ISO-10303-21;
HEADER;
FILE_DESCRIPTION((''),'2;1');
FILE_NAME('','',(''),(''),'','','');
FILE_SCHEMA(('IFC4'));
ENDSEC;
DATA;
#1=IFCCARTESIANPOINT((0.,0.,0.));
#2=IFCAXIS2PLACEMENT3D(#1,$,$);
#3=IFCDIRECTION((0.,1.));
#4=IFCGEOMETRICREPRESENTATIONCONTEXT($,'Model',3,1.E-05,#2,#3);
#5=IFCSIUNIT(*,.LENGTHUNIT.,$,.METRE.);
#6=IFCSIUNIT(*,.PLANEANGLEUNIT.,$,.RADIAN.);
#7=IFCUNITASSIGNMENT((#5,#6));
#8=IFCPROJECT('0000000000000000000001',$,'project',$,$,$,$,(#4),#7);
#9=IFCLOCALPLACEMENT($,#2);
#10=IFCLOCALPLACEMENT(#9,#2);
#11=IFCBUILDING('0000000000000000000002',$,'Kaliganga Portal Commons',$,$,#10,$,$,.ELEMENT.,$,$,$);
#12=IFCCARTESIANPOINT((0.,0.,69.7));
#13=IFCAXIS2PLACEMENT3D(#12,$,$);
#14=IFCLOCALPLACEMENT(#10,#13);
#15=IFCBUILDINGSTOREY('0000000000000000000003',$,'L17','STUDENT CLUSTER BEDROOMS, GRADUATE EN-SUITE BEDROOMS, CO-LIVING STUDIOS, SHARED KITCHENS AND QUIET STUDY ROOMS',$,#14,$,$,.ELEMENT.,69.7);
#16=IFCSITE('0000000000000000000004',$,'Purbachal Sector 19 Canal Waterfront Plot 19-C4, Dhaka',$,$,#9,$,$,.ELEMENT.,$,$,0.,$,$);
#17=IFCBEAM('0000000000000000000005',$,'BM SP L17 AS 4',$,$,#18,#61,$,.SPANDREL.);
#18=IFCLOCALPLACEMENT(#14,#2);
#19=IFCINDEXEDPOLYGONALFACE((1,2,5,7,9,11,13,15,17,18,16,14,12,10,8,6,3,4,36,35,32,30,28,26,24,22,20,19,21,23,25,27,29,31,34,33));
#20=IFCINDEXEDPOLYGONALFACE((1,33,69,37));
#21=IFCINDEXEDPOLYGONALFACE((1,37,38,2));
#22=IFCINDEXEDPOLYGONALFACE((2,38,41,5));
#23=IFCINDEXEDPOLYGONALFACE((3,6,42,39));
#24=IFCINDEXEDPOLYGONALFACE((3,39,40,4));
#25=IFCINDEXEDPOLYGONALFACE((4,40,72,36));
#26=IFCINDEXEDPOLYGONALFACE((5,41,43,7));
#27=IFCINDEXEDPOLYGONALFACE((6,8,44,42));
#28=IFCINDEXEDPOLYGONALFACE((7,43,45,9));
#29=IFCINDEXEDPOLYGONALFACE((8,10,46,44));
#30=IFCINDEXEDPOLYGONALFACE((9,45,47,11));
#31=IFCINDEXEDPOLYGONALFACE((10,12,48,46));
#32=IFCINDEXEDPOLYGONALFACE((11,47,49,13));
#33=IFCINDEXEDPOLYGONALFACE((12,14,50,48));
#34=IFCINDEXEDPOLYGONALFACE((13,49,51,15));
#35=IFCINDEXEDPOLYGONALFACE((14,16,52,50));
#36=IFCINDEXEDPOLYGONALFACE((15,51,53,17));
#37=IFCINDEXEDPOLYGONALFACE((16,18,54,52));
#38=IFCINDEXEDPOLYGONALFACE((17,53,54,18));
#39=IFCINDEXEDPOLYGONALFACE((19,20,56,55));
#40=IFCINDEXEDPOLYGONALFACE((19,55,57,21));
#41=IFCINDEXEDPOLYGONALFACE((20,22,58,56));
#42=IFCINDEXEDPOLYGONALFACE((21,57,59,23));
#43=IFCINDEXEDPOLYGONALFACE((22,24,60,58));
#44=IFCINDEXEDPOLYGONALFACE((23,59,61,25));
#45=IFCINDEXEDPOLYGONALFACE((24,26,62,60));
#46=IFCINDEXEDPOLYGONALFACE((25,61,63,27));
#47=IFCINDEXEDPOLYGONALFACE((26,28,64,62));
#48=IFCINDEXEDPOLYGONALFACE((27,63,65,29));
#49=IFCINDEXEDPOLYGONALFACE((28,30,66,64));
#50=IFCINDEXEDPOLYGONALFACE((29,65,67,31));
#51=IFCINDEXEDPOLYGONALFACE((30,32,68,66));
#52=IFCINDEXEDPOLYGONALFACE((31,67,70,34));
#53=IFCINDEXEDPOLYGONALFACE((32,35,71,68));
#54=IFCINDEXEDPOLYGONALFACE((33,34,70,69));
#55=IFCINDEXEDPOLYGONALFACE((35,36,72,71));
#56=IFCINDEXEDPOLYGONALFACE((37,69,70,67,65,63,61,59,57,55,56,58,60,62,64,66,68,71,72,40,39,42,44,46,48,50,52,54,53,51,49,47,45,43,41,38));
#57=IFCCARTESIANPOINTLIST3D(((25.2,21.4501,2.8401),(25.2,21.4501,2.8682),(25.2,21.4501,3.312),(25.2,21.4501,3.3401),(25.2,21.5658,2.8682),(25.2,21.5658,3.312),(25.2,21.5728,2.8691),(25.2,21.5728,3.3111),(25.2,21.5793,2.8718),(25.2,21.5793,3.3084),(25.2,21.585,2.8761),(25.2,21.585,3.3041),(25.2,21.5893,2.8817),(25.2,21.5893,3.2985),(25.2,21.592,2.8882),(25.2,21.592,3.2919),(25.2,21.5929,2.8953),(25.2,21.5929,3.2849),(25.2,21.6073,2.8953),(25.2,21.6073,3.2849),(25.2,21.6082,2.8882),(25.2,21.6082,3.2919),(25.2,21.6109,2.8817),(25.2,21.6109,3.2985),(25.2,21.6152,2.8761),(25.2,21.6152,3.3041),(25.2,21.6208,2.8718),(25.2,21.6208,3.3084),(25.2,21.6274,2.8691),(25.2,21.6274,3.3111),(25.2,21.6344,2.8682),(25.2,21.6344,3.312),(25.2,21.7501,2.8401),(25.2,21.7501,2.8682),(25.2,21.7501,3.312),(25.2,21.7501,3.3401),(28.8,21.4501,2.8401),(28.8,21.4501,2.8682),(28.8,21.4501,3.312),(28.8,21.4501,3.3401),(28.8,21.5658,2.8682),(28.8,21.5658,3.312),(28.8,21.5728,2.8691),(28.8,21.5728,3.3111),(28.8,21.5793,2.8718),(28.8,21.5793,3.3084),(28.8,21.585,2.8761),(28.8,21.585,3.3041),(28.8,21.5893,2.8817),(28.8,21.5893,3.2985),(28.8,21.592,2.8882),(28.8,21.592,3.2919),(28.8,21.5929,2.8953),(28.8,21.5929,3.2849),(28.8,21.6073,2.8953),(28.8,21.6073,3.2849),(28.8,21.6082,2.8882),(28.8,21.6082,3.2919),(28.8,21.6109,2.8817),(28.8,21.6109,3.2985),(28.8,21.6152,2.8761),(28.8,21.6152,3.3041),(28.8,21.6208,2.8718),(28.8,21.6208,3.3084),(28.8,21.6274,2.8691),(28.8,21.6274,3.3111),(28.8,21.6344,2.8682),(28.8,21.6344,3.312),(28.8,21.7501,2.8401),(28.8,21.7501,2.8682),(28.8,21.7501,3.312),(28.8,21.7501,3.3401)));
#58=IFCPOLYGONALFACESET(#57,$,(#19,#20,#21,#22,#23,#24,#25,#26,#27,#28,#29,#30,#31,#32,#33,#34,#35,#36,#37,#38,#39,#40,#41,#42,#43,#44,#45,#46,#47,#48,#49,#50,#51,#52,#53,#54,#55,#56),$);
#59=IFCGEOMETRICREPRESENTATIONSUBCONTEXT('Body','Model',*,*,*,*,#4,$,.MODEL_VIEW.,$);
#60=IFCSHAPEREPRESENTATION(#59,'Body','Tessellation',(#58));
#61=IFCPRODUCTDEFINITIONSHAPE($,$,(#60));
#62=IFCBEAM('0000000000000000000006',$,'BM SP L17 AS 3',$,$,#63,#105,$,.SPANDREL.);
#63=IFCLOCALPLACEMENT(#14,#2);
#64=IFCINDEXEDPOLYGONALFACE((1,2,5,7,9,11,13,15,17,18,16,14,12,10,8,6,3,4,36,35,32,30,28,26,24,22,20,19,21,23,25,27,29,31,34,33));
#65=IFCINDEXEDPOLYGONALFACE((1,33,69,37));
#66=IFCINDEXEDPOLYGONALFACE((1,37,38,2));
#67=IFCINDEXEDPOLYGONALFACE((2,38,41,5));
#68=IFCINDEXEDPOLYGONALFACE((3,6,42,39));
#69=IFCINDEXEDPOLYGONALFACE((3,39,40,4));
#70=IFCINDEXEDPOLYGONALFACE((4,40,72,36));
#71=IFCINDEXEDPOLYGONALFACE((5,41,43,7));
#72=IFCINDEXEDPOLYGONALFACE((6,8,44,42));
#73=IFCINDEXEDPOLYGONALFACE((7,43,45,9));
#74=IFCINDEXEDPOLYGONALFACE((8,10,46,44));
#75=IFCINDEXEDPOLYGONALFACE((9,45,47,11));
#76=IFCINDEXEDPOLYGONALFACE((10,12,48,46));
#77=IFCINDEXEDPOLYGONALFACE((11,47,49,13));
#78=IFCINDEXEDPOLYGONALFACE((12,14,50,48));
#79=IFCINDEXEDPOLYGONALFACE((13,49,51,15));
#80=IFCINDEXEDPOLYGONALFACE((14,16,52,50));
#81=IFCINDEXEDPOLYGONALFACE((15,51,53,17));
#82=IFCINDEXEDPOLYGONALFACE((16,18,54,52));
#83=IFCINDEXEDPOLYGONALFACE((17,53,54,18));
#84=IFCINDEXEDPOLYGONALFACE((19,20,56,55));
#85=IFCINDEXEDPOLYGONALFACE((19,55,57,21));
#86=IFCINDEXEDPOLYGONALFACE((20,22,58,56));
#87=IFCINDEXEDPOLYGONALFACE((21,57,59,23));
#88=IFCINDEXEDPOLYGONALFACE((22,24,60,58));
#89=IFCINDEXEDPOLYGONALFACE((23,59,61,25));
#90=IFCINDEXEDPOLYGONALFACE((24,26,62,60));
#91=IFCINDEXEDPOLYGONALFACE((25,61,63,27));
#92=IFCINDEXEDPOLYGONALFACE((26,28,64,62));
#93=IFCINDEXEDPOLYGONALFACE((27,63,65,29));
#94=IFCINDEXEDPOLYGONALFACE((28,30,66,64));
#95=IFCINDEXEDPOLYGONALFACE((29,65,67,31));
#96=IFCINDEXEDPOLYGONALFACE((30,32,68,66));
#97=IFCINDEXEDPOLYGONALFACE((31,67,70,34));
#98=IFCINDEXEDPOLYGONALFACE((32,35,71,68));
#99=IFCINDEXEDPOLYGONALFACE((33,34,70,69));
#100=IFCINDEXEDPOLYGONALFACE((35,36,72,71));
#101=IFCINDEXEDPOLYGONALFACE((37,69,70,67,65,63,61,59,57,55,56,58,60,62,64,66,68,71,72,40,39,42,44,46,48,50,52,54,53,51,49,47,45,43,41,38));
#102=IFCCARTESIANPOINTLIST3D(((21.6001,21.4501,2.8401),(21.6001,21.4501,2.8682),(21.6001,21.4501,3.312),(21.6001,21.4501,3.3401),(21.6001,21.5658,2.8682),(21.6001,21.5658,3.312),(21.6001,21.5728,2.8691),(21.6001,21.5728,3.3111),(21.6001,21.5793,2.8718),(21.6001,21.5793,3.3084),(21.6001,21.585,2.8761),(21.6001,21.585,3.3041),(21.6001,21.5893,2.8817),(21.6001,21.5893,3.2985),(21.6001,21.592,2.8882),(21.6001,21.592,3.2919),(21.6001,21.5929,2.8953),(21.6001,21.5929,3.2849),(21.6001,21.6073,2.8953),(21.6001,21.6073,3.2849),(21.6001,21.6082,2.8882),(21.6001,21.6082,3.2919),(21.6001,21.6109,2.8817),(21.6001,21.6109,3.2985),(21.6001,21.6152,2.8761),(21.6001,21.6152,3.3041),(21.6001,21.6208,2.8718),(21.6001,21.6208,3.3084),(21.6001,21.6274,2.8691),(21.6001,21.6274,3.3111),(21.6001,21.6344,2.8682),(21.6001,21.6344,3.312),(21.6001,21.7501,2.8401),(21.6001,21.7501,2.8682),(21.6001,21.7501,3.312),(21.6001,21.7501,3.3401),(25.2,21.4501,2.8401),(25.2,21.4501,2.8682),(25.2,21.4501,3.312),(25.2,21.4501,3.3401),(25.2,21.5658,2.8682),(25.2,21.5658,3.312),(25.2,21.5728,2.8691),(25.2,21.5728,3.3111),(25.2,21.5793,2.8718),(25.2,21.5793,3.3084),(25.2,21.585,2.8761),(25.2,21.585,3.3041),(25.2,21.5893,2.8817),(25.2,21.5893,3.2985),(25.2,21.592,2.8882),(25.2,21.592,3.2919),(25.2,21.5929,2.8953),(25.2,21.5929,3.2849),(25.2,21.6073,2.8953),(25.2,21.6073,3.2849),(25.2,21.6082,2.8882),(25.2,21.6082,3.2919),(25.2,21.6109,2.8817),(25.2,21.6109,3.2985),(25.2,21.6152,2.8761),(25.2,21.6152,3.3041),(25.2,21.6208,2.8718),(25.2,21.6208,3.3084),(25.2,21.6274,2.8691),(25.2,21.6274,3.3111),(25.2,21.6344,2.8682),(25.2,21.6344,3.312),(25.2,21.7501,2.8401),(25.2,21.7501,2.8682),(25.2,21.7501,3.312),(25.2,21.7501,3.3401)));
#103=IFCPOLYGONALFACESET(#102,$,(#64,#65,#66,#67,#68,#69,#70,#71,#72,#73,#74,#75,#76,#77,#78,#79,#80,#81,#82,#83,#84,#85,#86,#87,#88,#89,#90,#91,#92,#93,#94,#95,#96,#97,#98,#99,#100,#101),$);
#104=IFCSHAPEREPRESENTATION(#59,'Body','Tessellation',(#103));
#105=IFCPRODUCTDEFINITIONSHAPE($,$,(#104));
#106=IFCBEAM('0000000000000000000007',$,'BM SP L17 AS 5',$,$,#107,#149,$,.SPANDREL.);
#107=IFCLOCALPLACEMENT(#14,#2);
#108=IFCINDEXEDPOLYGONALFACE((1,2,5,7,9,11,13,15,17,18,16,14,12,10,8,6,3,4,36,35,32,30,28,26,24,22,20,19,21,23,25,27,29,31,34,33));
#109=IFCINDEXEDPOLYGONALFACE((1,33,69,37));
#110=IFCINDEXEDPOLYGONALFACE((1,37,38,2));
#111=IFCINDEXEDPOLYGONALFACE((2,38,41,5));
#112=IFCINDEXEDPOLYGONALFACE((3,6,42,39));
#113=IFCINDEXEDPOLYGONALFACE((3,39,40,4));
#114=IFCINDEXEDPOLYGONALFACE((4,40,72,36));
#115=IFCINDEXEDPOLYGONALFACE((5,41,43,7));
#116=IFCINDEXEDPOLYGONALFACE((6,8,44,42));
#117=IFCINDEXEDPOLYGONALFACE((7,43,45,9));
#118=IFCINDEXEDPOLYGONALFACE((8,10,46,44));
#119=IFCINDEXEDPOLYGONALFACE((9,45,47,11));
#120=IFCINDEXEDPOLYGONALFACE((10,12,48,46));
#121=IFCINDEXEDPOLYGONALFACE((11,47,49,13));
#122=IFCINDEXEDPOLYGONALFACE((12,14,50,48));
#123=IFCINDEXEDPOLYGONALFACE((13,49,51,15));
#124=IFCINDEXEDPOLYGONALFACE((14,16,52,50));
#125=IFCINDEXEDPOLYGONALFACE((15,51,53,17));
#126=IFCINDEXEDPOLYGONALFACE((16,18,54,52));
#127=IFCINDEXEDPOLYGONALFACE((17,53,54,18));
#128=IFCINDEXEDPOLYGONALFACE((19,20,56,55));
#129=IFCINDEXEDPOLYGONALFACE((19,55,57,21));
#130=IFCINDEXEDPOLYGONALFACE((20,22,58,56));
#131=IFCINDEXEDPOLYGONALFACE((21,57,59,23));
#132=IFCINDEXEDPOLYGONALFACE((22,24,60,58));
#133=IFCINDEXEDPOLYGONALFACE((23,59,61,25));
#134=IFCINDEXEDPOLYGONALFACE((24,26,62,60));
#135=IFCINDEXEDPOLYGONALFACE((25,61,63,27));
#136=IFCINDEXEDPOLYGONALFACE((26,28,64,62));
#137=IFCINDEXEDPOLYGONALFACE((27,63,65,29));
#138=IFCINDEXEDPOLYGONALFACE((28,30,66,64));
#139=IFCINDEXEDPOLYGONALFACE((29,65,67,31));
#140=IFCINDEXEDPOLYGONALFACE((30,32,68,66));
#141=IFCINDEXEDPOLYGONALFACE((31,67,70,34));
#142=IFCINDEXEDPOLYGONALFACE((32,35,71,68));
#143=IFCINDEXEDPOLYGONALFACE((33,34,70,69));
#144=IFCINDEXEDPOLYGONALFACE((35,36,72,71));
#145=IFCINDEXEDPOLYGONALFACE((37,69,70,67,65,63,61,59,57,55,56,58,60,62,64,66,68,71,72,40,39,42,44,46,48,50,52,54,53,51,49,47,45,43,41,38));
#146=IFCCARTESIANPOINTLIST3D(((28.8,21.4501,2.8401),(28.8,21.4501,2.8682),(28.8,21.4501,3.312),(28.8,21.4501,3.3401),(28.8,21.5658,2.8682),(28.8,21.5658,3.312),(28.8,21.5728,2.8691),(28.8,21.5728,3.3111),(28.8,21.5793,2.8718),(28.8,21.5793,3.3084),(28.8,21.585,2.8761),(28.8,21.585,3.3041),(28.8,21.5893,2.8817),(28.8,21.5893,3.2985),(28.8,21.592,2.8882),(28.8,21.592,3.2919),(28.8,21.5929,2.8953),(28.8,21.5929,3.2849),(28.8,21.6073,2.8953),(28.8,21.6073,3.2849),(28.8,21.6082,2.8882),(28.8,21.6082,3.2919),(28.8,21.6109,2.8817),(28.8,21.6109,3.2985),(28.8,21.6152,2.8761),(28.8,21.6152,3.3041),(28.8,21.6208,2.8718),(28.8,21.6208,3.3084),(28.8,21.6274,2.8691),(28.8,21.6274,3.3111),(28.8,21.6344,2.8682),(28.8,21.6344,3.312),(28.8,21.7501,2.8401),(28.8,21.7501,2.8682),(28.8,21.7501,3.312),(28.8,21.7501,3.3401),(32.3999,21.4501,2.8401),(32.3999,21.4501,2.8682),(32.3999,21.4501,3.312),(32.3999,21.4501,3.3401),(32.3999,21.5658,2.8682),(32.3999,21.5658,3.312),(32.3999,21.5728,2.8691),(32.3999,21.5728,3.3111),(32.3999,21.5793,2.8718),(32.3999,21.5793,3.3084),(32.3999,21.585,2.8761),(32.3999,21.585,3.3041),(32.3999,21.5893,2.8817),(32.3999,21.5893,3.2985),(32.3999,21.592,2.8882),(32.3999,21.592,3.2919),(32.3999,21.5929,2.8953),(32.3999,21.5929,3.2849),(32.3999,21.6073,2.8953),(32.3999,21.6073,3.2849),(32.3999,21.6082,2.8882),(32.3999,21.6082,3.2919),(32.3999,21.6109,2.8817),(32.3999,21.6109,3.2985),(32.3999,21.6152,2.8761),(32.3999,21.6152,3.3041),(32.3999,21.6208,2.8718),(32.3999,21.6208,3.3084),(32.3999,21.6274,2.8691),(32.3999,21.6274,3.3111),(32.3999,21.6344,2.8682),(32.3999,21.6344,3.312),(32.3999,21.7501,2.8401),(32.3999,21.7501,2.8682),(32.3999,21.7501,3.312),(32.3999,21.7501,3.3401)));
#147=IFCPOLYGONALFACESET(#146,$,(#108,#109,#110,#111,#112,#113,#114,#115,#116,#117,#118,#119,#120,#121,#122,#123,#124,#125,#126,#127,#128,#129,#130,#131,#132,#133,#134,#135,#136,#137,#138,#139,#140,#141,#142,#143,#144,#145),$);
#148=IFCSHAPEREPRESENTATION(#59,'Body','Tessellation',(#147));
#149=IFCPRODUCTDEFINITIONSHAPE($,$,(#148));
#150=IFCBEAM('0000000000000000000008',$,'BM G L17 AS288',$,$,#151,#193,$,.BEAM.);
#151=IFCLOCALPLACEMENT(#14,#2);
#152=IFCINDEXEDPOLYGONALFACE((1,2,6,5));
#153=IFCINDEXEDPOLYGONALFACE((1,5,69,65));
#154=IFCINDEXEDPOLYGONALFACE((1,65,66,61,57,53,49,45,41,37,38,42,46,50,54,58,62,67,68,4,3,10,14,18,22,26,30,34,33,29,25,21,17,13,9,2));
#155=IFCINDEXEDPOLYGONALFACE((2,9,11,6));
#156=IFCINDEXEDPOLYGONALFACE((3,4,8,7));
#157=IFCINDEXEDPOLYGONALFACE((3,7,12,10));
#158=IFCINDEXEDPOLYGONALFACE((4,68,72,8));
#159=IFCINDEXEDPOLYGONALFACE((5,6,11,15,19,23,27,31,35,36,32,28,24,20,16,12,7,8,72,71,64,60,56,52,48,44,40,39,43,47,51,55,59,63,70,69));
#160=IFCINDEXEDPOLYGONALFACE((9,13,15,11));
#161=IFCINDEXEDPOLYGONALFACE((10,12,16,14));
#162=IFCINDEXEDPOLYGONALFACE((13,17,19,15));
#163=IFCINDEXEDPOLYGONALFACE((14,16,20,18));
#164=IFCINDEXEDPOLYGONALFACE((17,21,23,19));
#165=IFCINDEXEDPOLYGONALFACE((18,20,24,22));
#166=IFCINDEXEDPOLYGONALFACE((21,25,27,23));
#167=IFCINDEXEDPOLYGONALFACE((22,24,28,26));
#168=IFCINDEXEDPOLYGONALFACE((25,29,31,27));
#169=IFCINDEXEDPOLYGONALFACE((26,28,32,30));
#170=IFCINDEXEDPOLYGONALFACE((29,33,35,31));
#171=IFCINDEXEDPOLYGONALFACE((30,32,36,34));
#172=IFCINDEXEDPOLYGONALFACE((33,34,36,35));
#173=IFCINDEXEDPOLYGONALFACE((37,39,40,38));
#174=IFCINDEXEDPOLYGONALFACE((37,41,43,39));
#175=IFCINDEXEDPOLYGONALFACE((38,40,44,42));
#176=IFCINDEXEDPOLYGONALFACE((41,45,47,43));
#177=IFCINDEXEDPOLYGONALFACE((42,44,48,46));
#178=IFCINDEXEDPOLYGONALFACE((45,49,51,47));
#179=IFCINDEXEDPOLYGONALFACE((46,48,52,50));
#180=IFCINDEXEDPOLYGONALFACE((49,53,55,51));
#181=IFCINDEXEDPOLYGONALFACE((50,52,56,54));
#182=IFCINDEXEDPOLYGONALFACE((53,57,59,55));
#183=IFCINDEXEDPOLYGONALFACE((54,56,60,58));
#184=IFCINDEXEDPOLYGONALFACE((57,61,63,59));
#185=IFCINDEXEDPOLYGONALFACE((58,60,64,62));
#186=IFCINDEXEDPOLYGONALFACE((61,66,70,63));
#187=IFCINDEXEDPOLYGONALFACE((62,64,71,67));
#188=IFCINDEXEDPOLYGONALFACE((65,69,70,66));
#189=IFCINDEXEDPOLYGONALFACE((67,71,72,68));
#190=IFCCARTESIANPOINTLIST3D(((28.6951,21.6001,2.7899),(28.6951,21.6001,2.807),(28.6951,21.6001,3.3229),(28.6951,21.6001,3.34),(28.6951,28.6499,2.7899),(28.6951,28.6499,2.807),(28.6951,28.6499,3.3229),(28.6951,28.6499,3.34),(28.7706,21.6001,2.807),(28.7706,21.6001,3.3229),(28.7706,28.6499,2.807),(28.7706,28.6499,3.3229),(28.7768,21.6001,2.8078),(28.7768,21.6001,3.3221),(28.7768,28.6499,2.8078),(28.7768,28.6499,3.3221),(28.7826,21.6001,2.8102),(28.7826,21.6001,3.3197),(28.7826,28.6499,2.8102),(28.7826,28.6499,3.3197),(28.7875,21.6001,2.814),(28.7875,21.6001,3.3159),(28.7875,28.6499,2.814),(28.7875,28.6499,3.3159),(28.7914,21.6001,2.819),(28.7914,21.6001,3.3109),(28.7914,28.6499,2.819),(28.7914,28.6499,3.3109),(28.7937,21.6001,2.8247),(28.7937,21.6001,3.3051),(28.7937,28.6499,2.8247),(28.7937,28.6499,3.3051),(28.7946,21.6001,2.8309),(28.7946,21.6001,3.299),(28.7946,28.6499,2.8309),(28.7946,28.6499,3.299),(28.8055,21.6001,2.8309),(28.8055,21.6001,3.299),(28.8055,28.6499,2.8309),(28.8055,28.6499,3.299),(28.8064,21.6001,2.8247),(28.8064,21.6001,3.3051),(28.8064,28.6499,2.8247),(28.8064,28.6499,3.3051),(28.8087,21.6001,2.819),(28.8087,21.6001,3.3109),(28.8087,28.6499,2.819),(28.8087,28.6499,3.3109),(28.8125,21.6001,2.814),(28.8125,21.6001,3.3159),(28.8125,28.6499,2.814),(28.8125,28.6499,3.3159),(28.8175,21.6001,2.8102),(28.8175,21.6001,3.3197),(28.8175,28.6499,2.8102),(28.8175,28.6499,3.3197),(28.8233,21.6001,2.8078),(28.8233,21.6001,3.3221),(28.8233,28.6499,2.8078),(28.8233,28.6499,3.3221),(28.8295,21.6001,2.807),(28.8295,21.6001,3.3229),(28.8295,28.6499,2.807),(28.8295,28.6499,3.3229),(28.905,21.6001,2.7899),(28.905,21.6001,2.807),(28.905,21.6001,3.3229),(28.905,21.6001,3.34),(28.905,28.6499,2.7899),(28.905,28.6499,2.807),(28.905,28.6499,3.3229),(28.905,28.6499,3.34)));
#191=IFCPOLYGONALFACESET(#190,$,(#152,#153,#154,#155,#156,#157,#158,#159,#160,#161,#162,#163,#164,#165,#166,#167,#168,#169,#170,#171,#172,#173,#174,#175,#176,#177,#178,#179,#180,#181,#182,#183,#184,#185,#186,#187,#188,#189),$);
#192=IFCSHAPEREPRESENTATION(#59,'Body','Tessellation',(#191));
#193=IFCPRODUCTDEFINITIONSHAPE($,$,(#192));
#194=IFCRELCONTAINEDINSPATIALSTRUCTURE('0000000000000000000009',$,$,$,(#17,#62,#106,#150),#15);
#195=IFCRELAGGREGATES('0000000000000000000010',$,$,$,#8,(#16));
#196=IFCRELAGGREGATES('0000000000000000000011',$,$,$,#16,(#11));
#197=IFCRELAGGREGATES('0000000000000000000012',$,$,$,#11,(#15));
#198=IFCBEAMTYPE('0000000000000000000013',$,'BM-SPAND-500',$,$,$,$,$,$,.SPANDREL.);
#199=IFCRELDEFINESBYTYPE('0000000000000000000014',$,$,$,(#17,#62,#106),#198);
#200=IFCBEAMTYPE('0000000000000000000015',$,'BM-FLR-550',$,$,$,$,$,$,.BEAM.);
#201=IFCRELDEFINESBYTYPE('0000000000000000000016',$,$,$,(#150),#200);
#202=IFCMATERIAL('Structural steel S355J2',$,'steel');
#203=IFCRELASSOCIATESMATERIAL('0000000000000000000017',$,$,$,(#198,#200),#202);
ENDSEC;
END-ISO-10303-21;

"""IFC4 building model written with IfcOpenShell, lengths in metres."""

from ifc_helpers import new_model, si_unit, direction, frame, origin, origin_2d, place, context, subcontext, project, spatial, i_section, extrude, source, transform, mapped, material, material_profile, profile_set, type_object, element, save


model = new_model("IFC4")

# Units and contexts
model_context = context("Model", 3, precision=1e-05, world=origin(), true_north=direction((0.0, 1.0)))
body_context = subcontext(model_context, "Body", "Model", "MODEL_VIEW")
ifc_project = project(units=[si_unit("LENGTHUNIT", "METRE"), si_unit("PLANEANGLEUNIT", "RADIAN")], contexts=[model_context])

# Site, building, storey
site_placement = place(None, origin())
site = spatial("IfcSite", under=ifc_project, at=site_placement, Name="Purbachal Sector 19 Canal Waterfront Plot 19-C4, Dhaka", CompositionType="ELEMENT", RefElevation=0.0)
building_placement = place(site_placement, origin())
building = spatial("IfcBuilding", under=site, at=building_placement, Name="Kaliganga Portal Commons", CompositionType="ELEMENT")
storey_placement = place(building_placement, frame((0.0, 0.0, 69.7)))
storey = spatial("IfcBuildingStorey", under=building, at=storey_placement, Name="L17", Description="STUDENT CLUSTER BEDROOMS, GRADUATE EN-SUITE BEDROOMS, CO-LIVING STUDIOS, SHARED KITCHENS AND QUIET STUDY ROOMS", CompositionType="ELEMENT", Elevation=69.7)

# Beams
ifc_material_1 = material(Name="Structural steel S355J2", Category="steel")
ifc_material_profile_1 = material_profile(ifc_material_1, i_section(OverallWidth=0.3, OverallDepth=0.5, WebThickness=0.0144, FlangeThickness=0.0281, FilletRadius=0.0271, at=origin_2d()), Name="HE 500 B")
ifc_profile_set_1 = profile_set([ifc_material_profile_1], Name="Structural steel S355J2 wide-flange")
beam_type_1 = type_object("IfcBeamType", Name="BM-SPAND-500", PredefinedType="SPANDREL", material=ifc_profile_set_1)
shared_shape_1 = source(origin(), body_context, "Body", "SweptSolid", [
    extrude(i_section(OverallWidth=0.3, OverallDepth=0.5, WebThickness=0.0144, FlangeThickness=0.0281, FilletRadius=0.0271, at=origin_2d()), origin(), (0.0, 0.0, 1.0), 3.6001),
])
for number, where, z_axis, x_axis, name in (
    (1, (25.2, 21.6001, 3.0901), (1.0, 0.0, 0.0), (0.0, 1.0, 0.0), "BM SP L17 AS 4"),
):
    element("IfcBeam", number, at=place(storey_placement, frame(where, z_axis=z_axis, x_axis=x_axis)), inside=storey, type_object=beam_type_1, Name=name, PredefinedType="SPANDREL", context=body_context, shape_type="MappedRepresentation", body=[
        mapped(shared_shape_1, transform((0.0, 0.0, 0.0), x_axis=(1.0, 0.0, 0.0), y_axis=(0.0, 1.0, 0.0), z_axis=(0.0, 0.0, 1.0), scale=1.0)),
    ])
shared_shape_2 = source(origin(), body_context, "Body", "SweptSolid", [
    extrude(i_section(OverallWidth=0.3, OverallDepth=0.5, WebThickness=0.0144, FlangeThickness=0.0281, FilletRadius=0.0271, at=origin_2d()), origin(), (0.0, 0.0, 1.0), 3.5999),
])
for number, where, z_axis, x_axis, name in (
    (2, (21.6001, 21.6001, 3.0901), (1.0, 0.0, 0.0), (0.0, 1.0, 0.0), "BM SP L17 AS 3"),
    (3, (28.8, 21.6001, 3.0901), (1.0, 0.0, 0.0), (0.0, 1.0, 0.0), "BM SP L17 AS 5"),
):
    element("IfcBeam", number, at=place(storey_placement, frame(where, z_axis=z_axis, x_axis=x_axis)), inside=storey, type_object=beam_type_1, Name=name, PredefinedType="SPANDREL", context=body_context, shape_type="MappedRepresentation", body=[
        mapped(shared_shape_2, transform((0.0, 0.0, 0.0), x_axis=(1.0, 0.0, 0.0), y_axis=(0.0, 1.0, 0.0), z_axis=(0.0, 0.0, 1.0), scale=1.0)),
    ])
ifc_material_profile_2 = material_profile(ifc_material_1, i_section(OverallWidth=0.21, OverallDepth=0.55, WebThickness=0.011, FlangeThickness=0.0171, FilletRadius=0.0239, at=origin_2d()), Name="IPE 550")
ifc_profile_set_2 = profile_set([ifc_material_profile_2], Name="Structural steel S355J2 wide-flange")
beam_type_2 = type_object("IfcBeamType", Name="BM-FLR-550", PredefinedType="BEAM", material=ifc_profile_set_2)
shared_shape_3 = source(origin(), body_context, "Body", "SweptSolid", [
    extrude(i_section(OverallWidth=0.21, OverallDepth=0.55, WebThickness=0.011, FlangeThickness=0.0171, FilletRadius=0.0239, at=origin_2d()), origin(), (0.0, 0.0, 1.0), 7.0498),
])
beam_1_placement = place(storey_placement, frame((28.8, 21.6001, 3.0649), z_axis=(0.0, 1.0, 0.0), x_axis=(-1.0, 0.0, 0.0)))
element("IfcBeam", 4, at=beam_1_placement, inside=storey, type_object=beam_type_2, Name="BM G L17 AS288", PredefinedType="BEAM", context=body_context, shape_type="MappedRepresentation", body=[
    mapped(shared_shape_3, transform((0.0, 0.0, 0.0), x_axis=(1.0, 0.0, 0.0), y_axis=(0.0, 1.0, 0.0), z_axis=(0.0, 0.0, 1.0), scale=1.0)),
])

save(model, "model.ifc")
